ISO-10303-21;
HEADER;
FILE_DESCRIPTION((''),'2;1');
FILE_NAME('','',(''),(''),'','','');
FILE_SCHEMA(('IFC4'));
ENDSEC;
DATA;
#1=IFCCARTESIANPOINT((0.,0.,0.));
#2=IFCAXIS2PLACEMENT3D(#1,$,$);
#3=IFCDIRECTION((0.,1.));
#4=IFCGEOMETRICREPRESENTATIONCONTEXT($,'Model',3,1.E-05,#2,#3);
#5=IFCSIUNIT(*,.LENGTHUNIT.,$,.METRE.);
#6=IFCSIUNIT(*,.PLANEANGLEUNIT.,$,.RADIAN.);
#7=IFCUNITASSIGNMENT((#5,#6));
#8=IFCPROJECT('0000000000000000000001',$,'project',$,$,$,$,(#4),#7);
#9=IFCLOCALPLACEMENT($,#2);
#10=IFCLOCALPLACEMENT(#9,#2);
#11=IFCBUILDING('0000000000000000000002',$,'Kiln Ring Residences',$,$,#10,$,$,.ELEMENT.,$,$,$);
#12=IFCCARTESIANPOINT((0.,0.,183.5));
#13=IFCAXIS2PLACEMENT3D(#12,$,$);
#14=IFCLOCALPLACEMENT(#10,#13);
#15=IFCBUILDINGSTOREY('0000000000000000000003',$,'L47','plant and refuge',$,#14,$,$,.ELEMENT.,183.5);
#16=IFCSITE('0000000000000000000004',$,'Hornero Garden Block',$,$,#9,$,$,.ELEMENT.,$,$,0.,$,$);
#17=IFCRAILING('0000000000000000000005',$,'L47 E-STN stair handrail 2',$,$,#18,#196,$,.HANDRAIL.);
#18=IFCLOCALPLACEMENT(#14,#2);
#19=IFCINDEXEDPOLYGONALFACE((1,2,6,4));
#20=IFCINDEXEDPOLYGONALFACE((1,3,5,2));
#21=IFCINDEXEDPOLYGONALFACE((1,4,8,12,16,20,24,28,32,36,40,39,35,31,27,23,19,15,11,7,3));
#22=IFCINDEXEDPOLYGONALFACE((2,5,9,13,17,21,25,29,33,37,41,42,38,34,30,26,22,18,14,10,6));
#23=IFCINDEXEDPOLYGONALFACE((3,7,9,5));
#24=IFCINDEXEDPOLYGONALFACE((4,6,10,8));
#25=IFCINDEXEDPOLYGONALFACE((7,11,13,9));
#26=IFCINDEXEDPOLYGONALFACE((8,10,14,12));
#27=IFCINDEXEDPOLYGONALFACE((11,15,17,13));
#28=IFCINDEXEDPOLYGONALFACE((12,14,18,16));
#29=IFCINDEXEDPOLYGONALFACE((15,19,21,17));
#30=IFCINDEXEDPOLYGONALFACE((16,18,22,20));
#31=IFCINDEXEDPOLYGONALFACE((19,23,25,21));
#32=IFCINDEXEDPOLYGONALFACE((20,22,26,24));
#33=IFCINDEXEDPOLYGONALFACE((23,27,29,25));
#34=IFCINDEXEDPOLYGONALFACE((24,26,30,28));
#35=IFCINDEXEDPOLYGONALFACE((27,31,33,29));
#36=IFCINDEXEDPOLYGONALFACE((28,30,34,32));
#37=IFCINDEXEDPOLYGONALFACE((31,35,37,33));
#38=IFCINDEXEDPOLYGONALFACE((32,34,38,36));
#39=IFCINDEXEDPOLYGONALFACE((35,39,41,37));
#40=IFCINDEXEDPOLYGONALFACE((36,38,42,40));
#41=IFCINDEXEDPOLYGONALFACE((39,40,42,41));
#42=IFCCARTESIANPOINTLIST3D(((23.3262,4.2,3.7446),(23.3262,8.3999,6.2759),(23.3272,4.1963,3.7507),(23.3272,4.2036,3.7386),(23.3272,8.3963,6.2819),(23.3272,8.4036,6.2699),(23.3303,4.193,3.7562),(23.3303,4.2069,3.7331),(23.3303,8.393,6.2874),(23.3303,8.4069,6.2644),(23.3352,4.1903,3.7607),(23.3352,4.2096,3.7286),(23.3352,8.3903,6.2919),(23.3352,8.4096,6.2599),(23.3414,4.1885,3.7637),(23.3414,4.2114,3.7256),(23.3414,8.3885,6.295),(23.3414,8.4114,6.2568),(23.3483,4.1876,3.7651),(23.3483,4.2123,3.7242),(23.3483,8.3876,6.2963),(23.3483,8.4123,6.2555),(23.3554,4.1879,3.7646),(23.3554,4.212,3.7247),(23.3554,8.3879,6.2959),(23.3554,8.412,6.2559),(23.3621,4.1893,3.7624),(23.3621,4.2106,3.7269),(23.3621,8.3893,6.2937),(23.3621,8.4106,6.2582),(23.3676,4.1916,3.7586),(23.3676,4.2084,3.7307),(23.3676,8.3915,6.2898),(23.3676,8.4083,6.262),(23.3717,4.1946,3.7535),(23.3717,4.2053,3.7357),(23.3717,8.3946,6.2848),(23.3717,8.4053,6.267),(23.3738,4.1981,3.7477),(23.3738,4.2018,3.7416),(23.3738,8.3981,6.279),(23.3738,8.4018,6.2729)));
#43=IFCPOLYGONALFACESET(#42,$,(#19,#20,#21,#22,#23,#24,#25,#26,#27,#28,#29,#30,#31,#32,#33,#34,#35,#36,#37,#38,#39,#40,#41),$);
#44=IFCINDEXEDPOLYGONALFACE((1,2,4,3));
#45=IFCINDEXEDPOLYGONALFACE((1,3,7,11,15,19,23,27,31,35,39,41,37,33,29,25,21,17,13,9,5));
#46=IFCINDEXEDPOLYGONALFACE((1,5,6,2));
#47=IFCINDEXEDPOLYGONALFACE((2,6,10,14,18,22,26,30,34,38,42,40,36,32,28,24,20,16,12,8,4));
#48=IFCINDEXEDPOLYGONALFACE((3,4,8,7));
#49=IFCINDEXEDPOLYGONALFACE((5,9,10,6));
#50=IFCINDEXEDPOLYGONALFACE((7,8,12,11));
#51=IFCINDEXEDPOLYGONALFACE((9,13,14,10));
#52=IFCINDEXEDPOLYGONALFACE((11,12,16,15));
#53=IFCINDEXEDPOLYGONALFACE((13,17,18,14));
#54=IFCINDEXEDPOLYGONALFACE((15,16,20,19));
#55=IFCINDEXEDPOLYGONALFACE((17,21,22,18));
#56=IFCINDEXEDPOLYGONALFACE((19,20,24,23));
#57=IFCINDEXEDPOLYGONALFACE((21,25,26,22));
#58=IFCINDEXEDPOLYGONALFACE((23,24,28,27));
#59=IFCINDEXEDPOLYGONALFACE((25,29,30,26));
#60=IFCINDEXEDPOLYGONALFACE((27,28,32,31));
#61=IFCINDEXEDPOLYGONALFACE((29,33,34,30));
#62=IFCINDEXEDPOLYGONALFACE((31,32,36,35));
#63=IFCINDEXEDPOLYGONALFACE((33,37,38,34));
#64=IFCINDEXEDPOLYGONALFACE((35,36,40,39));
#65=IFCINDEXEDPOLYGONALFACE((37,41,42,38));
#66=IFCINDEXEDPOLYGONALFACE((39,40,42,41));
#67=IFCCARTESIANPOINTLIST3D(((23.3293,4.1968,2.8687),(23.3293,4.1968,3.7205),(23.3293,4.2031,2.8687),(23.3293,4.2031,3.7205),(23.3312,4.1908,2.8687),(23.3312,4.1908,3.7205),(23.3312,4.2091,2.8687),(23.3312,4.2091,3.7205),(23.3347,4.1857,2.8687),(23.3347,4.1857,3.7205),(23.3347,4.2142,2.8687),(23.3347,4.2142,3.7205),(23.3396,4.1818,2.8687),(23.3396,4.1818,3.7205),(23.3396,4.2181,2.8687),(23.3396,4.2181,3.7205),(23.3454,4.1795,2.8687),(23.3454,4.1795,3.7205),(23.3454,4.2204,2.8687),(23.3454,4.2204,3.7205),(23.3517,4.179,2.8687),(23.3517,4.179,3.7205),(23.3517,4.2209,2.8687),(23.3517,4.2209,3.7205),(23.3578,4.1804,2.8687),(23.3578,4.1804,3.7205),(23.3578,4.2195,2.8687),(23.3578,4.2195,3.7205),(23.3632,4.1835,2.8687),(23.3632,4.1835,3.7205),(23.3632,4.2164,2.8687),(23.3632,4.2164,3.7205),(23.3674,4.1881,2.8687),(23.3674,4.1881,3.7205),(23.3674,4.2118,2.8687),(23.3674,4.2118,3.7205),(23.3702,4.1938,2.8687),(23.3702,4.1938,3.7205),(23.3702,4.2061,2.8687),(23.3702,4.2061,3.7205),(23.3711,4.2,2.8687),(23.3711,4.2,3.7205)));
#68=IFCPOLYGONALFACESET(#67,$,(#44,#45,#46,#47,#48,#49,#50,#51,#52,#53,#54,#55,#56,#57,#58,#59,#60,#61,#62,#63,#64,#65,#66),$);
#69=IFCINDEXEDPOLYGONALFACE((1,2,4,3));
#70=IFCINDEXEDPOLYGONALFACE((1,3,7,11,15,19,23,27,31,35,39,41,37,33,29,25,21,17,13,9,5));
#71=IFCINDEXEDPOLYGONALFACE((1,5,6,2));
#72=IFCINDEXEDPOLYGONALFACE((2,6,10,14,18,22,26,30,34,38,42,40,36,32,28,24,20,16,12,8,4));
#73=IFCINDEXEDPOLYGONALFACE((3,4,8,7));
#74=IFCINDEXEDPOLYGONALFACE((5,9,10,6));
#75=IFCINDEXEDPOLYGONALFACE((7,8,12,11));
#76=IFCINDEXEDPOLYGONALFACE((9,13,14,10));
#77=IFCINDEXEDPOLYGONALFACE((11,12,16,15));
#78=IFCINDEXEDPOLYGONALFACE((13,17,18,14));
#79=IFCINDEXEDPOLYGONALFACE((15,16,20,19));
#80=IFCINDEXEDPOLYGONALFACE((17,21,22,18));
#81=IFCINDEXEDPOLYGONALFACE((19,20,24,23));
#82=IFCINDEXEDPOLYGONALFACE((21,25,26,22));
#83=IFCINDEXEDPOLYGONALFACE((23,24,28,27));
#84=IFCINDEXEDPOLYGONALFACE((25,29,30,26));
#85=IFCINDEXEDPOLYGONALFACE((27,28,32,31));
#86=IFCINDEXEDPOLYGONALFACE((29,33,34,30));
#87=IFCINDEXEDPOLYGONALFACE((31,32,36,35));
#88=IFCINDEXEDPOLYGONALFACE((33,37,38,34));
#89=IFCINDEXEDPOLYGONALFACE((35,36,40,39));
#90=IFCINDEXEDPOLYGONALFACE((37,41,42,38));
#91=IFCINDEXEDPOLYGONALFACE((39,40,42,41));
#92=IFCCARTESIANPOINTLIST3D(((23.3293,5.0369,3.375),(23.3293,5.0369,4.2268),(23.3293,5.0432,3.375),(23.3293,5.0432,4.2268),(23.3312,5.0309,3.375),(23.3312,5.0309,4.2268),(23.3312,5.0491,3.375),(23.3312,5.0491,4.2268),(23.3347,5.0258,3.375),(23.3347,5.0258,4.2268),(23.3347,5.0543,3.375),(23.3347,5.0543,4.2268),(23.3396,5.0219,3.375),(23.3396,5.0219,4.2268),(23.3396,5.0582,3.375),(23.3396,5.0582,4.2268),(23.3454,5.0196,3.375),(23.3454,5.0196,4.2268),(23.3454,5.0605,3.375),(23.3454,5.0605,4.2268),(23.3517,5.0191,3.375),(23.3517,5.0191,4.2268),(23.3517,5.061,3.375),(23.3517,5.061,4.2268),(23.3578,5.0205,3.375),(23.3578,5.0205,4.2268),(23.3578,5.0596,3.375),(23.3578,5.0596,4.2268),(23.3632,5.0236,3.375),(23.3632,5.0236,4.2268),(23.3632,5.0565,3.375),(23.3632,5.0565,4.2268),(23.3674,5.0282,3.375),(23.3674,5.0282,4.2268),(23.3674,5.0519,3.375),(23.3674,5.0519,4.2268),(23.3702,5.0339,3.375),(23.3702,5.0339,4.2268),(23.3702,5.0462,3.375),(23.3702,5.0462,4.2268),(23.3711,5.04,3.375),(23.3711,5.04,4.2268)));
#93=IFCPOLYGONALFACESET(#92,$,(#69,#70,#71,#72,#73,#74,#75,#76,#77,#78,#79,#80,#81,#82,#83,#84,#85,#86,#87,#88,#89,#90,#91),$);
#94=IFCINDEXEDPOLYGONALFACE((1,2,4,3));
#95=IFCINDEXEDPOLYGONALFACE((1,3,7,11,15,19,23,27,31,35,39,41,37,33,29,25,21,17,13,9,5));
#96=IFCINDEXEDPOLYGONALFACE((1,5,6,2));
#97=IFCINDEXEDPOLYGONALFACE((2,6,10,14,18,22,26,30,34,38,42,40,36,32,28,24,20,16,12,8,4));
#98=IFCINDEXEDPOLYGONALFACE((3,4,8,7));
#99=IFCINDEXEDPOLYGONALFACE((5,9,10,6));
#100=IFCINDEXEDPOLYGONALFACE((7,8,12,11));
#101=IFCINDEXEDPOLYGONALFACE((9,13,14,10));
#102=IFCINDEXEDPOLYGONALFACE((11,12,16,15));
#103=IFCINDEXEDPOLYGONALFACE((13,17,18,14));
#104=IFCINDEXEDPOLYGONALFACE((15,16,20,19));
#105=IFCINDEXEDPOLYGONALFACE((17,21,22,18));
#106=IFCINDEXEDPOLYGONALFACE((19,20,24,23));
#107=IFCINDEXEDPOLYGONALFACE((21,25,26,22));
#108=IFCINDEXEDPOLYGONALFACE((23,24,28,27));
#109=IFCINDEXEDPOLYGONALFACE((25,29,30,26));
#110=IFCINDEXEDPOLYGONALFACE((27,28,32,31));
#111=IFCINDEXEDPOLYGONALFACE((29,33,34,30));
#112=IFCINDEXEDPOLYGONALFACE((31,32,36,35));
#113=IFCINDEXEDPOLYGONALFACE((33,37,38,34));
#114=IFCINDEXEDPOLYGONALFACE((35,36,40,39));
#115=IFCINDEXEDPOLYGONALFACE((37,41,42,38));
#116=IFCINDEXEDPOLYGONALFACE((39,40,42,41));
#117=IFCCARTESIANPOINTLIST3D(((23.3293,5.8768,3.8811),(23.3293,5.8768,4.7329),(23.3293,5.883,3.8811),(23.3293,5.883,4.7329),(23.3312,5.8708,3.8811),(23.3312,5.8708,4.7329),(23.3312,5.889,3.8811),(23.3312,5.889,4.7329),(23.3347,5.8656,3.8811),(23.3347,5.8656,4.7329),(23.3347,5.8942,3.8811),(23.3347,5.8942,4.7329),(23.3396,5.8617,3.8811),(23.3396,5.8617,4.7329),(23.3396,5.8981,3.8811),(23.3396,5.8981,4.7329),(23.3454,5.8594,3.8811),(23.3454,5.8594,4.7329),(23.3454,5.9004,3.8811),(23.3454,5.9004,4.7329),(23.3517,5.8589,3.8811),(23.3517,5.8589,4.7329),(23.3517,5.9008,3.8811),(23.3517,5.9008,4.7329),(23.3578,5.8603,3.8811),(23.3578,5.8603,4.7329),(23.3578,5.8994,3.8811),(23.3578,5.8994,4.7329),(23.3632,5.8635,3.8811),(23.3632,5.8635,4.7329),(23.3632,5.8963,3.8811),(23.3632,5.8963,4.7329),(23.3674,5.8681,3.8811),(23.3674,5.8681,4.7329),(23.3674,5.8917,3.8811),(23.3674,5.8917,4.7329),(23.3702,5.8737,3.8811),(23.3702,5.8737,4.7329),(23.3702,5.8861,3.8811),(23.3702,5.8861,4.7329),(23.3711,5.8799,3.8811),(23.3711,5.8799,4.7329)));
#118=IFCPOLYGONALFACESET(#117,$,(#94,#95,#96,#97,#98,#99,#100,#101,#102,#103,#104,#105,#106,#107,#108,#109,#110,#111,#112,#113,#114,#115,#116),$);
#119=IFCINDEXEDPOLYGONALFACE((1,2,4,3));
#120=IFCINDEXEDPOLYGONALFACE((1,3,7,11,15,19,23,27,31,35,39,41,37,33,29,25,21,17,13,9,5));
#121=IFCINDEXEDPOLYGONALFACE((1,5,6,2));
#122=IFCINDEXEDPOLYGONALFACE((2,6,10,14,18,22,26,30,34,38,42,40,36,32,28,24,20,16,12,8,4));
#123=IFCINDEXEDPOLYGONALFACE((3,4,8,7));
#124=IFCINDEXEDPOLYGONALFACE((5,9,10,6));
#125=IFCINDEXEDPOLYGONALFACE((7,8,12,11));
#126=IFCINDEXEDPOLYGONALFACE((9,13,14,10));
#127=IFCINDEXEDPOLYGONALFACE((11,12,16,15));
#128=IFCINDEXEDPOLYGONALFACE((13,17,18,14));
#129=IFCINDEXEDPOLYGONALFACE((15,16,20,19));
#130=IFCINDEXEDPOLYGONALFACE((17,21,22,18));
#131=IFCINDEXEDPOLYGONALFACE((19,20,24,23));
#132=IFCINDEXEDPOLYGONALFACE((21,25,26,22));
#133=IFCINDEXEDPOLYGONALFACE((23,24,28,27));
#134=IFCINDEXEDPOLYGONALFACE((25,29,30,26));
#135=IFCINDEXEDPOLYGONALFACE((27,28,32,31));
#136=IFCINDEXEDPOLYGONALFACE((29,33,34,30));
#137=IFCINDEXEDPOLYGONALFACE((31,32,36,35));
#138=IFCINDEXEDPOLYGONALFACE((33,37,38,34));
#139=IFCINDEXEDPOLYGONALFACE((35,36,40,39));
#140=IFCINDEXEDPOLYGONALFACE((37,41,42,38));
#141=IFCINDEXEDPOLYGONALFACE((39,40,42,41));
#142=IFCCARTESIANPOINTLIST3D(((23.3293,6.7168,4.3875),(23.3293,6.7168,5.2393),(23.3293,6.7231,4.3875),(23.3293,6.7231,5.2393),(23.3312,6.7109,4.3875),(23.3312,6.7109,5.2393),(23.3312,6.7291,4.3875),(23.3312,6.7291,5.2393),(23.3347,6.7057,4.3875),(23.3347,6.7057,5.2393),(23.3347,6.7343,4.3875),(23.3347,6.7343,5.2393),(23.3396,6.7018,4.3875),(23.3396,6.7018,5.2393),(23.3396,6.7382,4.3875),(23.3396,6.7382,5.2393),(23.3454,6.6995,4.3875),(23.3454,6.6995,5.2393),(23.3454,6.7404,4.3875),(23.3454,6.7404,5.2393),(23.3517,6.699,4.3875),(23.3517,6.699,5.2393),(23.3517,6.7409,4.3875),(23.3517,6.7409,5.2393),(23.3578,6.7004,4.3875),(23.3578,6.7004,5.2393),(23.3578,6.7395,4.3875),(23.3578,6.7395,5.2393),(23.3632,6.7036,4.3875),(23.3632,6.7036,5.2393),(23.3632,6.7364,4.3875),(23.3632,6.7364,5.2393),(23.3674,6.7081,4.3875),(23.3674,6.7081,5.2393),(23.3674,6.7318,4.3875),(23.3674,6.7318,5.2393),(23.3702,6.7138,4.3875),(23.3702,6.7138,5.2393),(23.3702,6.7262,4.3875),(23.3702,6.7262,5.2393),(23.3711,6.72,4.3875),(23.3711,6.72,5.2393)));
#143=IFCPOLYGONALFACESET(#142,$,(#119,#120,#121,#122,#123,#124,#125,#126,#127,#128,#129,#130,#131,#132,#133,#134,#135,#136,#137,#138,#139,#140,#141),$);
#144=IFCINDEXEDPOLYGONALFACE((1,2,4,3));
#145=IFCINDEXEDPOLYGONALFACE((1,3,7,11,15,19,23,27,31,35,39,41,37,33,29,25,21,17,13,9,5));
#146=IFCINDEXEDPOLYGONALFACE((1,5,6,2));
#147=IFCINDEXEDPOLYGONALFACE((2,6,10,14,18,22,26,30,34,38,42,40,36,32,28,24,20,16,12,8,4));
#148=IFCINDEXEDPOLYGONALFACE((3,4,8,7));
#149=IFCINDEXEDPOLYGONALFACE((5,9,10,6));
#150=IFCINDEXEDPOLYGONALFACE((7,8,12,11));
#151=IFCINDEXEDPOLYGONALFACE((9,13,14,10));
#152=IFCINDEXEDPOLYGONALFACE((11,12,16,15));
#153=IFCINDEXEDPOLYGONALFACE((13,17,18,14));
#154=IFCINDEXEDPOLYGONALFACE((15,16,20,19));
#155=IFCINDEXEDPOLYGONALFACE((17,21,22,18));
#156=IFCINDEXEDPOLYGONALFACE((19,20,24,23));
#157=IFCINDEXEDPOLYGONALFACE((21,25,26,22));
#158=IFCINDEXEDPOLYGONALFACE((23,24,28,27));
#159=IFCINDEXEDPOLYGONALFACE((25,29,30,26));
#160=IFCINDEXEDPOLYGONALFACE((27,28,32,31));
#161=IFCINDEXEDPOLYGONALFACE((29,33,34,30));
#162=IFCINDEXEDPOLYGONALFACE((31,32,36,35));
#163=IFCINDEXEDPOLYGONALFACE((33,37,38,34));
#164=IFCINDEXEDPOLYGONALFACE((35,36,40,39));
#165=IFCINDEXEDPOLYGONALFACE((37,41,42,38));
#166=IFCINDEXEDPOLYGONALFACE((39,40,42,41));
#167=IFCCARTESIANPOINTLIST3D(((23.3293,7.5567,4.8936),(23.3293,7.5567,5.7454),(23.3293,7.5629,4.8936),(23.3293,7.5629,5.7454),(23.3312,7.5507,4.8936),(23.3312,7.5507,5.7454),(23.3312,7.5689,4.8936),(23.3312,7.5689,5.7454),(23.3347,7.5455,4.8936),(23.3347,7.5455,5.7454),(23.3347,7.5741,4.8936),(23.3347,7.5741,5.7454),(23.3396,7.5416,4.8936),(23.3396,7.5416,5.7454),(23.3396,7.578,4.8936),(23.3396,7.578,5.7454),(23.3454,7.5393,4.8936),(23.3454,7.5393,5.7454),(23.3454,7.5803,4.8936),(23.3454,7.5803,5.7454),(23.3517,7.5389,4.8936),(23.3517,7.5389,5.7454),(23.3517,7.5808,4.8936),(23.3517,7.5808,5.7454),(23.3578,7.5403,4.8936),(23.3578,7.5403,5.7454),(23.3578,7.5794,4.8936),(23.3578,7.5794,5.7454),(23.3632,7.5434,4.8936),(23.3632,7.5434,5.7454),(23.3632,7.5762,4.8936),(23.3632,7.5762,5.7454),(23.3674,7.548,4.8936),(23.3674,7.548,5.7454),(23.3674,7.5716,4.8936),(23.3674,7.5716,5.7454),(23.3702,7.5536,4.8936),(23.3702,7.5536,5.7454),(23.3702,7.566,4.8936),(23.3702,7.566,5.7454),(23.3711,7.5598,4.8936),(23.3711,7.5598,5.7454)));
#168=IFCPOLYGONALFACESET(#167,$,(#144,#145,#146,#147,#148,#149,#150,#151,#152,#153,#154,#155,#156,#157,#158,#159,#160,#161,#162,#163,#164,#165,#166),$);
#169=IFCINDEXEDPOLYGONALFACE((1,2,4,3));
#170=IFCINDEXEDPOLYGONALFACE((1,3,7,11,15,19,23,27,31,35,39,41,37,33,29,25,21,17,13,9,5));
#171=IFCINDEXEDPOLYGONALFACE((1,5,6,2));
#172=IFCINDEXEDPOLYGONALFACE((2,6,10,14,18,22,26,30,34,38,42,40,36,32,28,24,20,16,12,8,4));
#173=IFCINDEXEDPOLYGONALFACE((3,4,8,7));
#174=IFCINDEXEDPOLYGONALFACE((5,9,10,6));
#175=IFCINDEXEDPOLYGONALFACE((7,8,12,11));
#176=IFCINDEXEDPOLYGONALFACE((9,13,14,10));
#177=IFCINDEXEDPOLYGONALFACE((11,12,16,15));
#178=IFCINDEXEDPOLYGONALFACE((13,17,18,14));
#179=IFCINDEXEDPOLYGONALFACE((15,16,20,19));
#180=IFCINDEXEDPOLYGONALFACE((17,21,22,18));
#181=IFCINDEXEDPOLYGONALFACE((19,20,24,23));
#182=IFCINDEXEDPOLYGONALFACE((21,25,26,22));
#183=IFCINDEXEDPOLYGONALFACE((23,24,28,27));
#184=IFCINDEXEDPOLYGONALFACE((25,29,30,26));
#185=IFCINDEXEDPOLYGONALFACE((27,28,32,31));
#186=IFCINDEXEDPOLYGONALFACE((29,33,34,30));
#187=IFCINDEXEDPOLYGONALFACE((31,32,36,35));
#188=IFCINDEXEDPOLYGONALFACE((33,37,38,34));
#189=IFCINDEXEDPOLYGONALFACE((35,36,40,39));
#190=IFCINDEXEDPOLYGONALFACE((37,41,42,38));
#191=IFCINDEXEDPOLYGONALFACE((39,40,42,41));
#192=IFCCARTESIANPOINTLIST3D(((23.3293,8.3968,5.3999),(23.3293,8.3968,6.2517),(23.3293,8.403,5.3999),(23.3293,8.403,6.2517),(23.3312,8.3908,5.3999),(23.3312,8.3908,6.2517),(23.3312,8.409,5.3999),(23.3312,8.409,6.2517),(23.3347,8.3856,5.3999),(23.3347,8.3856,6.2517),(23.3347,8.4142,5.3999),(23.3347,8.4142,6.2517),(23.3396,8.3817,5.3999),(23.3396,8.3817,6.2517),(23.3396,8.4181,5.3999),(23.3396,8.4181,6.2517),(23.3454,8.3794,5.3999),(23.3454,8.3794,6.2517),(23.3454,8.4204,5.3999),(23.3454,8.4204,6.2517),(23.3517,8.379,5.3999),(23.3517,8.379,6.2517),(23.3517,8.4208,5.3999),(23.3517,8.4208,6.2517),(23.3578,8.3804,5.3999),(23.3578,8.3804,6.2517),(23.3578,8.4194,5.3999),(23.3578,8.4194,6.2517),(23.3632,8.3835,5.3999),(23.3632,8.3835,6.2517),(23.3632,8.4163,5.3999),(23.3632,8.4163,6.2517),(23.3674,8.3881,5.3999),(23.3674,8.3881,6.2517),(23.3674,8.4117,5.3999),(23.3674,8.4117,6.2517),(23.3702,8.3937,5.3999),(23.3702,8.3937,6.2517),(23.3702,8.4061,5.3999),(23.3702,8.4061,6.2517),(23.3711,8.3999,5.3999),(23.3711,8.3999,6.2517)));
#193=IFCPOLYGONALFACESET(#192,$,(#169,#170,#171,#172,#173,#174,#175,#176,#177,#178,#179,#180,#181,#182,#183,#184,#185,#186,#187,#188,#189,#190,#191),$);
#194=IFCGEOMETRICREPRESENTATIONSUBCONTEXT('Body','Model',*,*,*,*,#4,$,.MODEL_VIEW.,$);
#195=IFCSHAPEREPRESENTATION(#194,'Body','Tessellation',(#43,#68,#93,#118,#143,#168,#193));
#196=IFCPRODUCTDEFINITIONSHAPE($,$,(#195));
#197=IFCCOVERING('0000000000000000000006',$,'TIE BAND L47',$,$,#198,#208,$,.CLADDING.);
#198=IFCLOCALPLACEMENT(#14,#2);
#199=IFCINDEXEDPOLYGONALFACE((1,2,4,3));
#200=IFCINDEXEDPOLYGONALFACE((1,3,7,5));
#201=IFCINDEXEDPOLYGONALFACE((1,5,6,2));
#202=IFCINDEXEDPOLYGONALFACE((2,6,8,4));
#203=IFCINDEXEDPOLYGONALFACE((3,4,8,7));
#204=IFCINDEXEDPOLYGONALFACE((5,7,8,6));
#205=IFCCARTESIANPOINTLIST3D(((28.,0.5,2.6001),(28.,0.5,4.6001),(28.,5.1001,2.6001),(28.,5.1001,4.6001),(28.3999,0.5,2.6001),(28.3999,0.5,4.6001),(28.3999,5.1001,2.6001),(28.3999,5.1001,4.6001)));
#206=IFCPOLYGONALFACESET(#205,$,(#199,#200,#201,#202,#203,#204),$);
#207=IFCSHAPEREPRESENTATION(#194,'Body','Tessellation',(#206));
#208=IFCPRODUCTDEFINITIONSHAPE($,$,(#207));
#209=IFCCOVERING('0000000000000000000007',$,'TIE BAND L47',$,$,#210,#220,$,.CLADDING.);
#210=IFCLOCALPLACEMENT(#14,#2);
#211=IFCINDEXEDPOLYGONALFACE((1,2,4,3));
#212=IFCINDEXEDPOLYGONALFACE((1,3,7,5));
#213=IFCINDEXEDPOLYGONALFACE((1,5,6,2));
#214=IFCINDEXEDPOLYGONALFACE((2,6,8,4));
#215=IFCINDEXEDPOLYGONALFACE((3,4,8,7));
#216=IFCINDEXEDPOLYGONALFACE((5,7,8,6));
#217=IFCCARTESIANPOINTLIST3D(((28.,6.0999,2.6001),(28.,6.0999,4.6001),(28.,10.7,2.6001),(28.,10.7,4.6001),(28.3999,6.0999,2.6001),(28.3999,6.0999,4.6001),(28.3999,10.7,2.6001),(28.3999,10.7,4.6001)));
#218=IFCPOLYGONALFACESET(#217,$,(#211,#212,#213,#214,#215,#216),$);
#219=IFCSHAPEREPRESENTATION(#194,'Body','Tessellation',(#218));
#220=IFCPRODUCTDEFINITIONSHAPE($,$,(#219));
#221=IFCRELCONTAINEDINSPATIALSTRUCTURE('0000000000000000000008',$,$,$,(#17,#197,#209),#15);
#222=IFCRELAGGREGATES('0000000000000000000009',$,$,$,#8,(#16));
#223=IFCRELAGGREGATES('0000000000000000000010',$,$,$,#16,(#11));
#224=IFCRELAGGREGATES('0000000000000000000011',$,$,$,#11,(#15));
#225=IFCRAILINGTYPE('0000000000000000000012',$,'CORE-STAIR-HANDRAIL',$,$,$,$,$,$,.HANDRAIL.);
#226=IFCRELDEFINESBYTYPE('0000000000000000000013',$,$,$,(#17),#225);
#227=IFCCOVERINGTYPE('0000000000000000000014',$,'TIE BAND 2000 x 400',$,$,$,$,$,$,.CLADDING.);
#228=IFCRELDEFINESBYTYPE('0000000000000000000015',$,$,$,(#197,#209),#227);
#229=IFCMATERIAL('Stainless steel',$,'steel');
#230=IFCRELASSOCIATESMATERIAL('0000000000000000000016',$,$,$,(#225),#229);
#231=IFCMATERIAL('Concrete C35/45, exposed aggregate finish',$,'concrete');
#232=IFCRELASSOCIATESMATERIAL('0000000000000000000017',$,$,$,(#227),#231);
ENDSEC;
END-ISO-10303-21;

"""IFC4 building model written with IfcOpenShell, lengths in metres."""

from ifc_helpers import new_model, si_unit, direction, frame, origin, origin_2d, place, context, subcontext, project, spatial, rectangle, circle, extrude, material, type_object, element, save


model = new_model("IFC4")

# Units and contexts
model_context = context("Model", 3, precision=1e-05, world=origin(), true_north=direction((0.0, 1.0)))
body_context = subcontext(model_context, "Body", "Model", "MODEL_VIEW")
ifc_project = project(units=[si_unit("LENGTHUNIT", "METRE"), si_unit("PLANEANGLEUNIT", "RADIAN")], contexts=[model_context])

# Site, building, storey
site_placement = place(None, origin())
site = spatial("IfcSite", under=ifc_project, at=site_placement, Name="Hornero Garden Block", CompositionType="ELEMENT", RefElevation=0.0)
building_placement = place(site_placement, origin())
building = spatial("IfcBuilding", under=site, at=building_placement, Name="Kiln Ring Residences", CompositionType="ELEMENT")
storey_placement = place(building_placement, frame((0.0, 0.0, 183.5)))
storey = spatial("IfcBuildingStorey", under=building, at=storey_placement, Name="L47", Description="plant and refuge", CompositionType="ELEMENT", Elevation=183.5)

# Railing
ifc_material_1 = material(Name="Stainless steel", Category="steel")
railing_type_1 = type_object("IfcRailingType", Name="CORE-STAIR-HANDRAIL", PredefinedType="HANDRAIL", material=ifc_material_1)
railing_1_placement = place(storey_placement, frame((23.3501, 4.2, 2.8687)))
element("IfcRailing", 1, at=railing_1_placement, inside=storey, type_object=railing_type_1, Name="L47 E-STN stair handrail 2", PredefinedType="HANDRAIL", context=body_context, shape_type="SweptSolid", body=[
    extrude(circle(Radius=0.0239, at=origin_2d()), frame((0.0, 0.0, 0.876), z_axis=(0.0, 0.856476, 0.516186), x_axis=(-1.0, 0.0, 0.0)), (0.0, 0.0, 1.0), 4.9038),
    extrude(circle(Radius=0.021, at=origin_2d()), origin(), (0.0, 0.0, 1.0), 0.8518),
    extrude(circle(Radius=0.021, at=origin_2d()), frame((0.0, 0.8401, 0.5063)), (0.0, 0.0, 1.0), 0.8518),
    extrude(circle(Radius=0.021, at=origin_2d()), frame((0.0, 1.6799, 1.0125)), (0.0, 0.0, 1.0), 0.8518),
    extrude(circle(Radius=0.021, at=origin_2d()), frame((0.0, 2.52, 1.5188)), (0.0, 0.0, 1.0), 0.8518),
    extrude(circle(Radius=0.021, at=origin_2d()), frame((0.0, 3.3599, 2.0249)), (0.0, 0.0, 1.0), 0.8518),
    extrude(circle(Radius=0.021, at=origin_2d()), frame((0.0, 4.2, 2.5312)), (0.0, 0.0, 1.0), 0.8518),
])

# Coverings
ifc_material_2 = material(Name="Concrete C35/45, exposed aggregate finish", Category="concrete")
covering_type = type_object("IfcCoveringType", Name="TIE BAND 2000 x 400", PredefinedType="CLADDING", material=ifc_material_2)
for number, where, z_axis, x_axis, name in (
    (2, (28.2, 2.8, 2.6001), (0.0, 0.0, 1.0), (0.0, 1.0, 0.0), "TIE BAND L47"),
    (3, (28.2, 8.3999, 2.6001), (0.0, 0.0, 1.0), (0.0, 1.0, 0.0), "TIE BAND L47"),
):
    element("IfcCovering", number, at=place(storey_placement, frame(where, z_axis=z_axis, x_axis=x_axis)), inside=storey, type_object=covering_type, Name=name, PredefinedType="CLADDING", context=body_context, shape_type="SweptSolid", body=[
        extrude(rectangle(XDim=4.6001, YDim=0.3999, at=origin_2d()), origin(), (0.0, 0.0, 1.0), 2.0),
    ])

save(model, "model.ifc")
